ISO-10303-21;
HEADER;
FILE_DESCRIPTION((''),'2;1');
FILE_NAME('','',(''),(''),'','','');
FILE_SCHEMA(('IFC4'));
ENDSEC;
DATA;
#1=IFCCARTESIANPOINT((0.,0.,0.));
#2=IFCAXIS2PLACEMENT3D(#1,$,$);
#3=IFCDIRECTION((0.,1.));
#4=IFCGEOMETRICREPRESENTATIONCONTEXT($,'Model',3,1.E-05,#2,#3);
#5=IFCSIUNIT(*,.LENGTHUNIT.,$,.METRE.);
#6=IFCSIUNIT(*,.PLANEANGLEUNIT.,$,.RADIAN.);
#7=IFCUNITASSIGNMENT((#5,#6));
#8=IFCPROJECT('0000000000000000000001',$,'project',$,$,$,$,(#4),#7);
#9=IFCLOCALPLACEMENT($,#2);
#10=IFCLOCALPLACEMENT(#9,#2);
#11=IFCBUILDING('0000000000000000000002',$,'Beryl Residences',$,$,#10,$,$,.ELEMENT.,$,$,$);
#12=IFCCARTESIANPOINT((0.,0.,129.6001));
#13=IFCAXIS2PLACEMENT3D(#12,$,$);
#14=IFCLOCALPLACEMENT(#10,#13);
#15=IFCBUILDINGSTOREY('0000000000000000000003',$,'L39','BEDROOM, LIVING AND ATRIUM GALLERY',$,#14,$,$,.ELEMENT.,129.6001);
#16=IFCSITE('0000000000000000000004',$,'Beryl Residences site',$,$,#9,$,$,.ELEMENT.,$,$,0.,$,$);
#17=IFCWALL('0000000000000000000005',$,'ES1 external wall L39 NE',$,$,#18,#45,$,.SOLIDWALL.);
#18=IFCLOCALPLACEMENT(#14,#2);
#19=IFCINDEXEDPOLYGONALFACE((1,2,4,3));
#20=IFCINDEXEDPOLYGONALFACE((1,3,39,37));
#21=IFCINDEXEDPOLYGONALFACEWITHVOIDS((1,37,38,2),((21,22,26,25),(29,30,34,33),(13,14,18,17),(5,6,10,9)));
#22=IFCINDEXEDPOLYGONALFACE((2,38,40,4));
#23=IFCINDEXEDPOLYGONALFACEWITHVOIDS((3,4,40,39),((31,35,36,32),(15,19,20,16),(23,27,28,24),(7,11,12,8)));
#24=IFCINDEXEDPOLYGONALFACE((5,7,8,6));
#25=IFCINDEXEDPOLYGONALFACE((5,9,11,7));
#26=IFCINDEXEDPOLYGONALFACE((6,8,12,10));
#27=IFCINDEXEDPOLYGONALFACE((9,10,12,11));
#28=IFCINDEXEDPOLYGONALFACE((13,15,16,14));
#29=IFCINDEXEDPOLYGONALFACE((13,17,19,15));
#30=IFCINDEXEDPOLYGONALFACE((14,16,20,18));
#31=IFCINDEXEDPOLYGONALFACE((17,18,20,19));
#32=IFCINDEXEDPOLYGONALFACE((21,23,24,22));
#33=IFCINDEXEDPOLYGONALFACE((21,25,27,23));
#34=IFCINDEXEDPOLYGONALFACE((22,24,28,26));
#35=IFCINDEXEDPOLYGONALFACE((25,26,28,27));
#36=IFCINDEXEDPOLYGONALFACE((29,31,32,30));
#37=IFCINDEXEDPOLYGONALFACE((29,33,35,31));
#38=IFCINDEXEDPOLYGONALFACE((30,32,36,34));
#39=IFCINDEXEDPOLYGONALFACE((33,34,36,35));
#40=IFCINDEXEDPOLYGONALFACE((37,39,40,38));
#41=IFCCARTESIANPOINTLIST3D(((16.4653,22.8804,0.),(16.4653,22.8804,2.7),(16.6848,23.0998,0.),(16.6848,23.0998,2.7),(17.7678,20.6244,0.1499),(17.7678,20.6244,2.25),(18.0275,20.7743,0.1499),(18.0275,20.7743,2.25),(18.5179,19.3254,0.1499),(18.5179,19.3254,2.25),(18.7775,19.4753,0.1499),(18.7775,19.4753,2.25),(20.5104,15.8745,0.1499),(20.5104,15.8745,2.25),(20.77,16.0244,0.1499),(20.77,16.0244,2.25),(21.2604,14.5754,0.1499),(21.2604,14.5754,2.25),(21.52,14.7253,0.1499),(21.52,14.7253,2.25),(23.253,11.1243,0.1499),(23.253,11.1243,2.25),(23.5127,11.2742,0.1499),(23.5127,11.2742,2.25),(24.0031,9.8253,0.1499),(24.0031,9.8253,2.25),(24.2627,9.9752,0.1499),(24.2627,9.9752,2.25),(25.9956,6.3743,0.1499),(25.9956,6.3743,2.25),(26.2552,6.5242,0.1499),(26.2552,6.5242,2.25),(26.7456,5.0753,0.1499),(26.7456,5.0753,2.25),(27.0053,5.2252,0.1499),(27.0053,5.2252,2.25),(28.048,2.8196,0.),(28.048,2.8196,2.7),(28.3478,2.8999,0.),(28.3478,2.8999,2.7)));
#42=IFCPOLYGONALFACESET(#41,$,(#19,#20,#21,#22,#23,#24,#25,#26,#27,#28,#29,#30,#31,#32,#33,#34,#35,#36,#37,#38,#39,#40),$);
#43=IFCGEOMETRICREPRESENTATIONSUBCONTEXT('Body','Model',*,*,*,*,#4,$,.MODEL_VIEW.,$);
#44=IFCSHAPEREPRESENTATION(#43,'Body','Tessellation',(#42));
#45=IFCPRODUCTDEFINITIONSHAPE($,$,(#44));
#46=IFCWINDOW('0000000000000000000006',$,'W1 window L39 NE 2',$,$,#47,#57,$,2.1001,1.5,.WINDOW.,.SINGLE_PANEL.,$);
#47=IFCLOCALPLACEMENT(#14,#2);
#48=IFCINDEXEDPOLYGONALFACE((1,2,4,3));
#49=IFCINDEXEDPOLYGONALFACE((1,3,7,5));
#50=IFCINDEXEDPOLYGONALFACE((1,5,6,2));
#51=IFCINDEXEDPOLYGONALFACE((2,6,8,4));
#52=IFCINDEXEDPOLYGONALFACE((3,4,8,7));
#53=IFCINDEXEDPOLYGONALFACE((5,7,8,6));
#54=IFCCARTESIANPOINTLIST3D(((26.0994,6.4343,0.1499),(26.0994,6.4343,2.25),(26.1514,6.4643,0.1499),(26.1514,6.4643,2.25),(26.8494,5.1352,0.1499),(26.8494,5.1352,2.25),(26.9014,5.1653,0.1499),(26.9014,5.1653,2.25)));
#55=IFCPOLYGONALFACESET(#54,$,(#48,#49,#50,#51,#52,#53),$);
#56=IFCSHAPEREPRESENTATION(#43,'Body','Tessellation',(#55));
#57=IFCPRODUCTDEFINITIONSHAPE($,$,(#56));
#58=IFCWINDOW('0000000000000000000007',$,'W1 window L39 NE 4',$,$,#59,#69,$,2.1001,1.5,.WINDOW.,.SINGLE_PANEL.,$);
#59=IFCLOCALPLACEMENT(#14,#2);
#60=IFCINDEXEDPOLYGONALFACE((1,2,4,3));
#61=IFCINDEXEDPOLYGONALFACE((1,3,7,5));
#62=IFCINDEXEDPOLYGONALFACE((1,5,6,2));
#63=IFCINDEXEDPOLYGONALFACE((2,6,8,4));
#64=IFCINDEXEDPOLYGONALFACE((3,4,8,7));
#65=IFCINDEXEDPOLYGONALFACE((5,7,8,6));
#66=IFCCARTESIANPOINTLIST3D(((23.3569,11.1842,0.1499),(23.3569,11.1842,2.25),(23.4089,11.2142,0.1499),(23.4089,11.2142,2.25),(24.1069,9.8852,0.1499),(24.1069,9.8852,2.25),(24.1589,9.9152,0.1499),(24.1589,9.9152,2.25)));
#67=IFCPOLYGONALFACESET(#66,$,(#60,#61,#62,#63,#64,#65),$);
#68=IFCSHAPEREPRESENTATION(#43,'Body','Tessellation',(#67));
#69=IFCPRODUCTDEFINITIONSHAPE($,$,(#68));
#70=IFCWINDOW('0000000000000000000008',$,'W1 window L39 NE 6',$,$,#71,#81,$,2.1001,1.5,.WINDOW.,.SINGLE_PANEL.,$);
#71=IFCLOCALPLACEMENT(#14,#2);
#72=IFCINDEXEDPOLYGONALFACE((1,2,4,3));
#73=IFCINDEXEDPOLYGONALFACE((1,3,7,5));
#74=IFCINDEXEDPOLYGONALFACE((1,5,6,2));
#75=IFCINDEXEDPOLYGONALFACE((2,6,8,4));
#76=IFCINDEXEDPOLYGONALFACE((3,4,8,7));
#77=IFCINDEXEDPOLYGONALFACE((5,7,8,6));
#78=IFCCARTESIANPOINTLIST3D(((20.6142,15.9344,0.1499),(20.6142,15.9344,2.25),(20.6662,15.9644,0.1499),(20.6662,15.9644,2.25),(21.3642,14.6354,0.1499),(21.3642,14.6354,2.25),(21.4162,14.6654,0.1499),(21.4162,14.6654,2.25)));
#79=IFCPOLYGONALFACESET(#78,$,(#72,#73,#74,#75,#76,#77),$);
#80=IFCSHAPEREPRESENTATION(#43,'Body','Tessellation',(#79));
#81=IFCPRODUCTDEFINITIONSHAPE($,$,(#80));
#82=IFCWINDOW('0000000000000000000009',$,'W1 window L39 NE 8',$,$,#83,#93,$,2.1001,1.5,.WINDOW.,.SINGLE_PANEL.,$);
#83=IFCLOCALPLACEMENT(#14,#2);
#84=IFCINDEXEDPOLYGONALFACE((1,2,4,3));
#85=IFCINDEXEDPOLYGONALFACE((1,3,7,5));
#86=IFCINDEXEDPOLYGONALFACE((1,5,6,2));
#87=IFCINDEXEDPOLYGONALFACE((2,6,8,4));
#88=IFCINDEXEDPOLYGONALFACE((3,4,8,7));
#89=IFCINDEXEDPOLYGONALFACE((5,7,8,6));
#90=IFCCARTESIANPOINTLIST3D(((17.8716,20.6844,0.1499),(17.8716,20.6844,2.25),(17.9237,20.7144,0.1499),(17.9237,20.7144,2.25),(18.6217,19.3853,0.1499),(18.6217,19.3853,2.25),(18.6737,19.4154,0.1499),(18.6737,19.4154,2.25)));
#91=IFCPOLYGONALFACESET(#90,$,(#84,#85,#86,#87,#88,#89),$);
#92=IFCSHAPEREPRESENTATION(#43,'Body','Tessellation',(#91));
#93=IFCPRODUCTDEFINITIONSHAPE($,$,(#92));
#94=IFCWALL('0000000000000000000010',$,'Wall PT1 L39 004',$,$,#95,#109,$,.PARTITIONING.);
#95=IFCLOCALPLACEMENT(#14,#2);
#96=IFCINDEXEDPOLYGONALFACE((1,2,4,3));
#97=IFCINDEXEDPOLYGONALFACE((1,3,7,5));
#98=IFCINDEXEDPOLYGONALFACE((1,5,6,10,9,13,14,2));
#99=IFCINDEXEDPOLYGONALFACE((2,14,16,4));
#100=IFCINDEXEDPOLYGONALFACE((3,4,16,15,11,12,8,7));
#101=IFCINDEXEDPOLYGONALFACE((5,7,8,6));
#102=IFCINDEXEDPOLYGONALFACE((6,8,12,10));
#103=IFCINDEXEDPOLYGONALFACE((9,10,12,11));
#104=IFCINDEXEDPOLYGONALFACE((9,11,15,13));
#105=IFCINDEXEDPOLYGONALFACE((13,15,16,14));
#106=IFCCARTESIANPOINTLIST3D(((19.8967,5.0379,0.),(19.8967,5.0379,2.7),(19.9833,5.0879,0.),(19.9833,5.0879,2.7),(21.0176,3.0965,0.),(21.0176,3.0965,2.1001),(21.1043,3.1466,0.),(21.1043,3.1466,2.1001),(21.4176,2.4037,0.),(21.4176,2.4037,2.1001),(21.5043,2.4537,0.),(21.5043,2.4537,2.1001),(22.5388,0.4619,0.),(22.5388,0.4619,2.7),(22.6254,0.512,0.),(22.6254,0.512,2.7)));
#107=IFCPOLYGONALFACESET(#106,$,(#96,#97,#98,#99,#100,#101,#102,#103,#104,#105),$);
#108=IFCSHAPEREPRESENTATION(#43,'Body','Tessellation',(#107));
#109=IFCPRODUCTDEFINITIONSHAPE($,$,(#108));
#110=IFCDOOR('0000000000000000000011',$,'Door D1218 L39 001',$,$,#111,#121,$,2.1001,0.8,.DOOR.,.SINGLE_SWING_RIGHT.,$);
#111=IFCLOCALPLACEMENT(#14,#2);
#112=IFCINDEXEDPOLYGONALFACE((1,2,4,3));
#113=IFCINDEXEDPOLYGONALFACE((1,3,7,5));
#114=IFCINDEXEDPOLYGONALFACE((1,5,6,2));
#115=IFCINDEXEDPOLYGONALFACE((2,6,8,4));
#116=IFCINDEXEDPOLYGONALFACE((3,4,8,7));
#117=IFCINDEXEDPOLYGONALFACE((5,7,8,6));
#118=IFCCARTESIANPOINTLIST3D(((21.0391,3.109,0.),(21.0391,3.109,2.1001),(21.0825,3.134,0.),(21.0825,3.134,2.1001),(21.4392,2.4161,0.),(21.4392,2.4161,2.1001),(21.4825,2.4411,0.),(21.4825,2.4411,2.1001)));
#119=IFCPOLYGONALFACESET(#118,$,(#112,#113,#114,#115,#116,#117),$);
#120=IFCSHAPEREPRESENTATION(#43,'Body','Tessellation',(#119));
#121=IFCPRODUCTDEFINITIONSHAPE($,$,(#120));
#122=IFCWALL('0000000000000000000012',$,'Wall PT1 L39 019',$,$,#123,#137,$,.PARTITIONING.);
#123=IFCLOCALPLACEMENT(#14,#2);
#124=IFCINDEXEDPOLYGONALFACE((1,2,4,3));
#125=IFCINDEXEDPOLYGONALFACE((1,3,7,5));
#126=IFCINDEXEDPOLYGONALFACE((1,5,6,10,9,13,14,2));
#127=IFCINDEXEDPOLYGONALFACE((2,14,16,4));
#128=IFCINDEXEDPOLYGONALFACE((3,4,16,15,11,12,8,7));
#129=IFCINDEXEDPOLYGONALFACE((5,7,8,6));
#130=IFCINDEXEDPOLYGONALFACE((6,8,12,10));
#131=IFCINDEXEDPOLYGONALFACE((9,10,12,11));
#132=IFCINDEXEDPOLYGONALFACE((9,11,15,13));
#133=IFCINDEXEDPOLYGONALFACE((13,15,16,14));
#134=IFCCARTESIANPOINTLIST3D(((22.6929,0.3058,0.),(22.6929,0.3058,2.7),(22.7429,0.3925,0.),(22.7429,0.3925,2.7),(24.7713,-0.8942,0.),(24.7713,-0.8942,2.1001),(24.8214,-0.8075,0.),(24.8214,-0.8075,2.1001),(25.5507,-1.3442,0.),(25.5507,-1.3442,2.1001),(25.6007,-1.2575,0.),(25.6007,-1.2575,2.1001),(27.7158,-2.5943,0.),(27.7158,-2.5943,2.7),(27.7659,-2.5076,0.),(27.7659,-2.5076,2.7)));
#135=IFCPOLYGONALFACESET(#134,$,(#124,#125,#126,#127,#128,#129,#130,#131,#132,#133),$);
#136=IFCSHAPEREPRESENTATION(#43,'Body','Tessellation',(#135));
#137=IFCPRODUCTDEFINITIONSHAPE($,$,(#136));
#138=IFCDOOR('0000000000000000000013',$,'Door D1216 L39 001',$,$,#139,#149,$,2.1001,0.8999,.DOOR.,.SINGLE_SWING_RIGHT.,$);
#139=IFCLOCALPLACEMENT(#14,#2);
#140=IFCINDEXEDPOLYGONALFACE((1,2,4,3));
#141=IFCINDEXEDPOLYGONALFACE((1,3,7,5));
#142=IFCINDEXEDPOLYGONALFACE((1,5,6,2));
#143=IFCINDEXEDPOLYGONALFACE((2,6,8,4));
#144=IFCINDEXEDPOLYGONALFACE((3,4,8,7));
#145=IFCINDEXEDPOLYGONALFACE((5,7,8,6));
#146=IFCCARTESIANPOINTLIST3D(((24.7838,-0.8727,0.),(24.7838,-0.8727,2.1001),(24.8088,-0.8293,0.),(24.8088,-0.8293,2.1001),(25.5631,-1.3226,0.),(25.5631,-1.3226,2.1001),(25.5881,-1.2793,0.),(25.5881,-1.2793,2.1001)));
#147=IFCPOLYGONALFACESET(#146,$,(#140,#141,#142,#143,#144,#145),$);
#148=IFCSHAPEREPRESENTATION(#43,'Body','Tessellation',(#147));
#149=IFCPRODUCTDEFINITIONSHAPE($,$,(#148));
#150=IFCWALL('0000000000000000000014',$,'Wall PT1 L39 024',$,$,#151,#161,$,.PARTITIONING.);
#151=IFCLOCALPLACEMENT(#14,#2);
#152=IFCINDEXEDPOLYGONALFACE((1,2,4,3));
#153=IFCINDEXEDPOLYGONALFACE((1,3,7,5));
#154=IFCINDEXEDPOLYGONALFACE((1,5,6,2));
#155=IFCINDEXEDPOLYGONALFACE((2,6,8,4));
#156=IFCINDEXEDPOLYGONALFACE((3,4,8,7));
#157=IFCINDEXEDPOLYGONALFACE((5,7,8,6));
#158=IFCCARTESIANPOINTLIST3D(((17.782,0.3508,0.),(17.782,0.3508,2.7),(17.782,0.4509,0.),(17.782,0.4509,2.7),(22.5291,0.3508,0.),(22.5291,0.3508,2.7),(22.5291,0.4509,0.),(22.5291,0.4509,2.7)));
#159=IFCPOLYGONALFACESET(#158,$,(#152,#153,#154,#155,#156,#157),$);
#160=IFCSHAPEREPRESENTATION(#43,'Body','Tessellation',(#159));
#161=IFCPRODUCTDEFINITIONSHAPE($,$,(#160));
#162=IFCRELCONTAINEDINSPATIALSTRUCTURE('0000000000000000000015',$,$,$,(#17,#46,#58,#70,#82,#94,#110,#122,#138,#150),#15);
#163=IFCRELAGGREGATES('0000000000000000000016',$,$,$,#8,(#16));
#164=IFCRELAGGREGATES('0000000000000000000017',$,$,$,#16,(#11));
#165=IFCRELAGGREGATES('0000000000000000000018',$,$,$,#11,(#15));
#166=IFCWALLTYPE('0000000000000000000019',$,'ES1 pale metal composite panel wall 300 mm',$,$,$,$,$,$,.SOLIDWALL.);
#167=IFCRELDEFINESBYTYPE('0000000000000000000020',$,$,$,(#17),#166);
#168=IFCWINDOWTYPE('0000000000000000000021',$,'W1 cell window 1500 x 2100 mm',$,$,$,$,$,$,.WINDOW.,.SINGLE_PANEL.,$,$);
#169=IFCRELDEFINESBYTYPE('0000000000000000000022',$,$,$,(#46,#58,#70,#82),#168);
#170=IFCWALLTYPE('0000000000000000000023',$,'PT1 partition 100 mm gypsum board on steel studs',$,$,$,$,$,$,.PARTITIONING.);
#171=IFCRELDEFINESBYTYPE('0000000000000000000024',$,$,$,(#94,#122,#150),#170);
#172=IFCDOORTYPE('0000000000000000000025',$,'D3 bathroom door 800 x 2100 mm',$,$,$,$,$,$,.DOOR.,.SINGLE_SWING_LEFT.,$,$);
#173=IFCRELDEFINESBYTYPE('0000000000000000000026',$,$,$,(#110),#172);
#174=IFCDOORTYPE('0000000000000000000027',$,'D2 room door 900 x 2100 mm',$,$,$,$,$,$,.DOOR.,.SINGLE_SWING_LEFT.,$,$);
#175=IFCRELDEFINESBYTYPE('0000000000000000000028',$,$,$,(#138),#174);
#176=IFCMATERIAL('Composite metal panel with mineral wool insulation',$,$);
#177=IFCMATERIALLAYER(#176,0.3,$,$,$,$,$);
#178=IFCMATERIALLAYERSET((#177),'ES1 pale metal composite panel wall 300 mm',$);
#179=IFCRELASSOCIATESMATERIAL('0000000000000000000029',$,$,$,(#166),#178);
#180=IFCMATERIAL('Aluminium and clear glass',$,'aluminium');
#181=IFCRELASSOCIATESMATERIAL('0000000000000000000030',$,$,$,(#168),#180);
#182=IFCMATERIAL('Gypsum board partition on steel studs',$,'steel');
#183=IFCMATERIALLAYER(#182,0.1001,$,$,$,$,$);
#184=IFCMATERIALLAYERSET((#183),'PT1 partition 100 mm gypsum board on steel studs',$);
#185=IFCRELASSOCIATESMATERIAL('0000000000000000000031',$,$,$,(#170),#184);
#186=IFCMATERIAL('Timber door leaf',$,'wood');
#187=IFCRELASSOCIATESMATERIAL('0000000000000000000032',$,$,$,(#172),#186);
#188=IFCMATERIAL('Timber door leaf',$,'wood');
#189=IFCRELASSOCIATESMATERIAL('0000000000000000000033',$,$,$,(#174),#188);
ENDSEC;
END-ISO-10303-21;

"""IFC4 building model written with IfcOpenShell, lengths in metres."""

from ifc_helpers import new_model, si_unit, direction, frame, frame_2d, origin, place, context, subcontext, project, spatial, polyline, rectangle, outline, extrude, material, layer, layer_set, type_object, element, fill, save


model = new_model("IFC4")

# Units and contexts
model_context = context("Model", 3, precision=1e-05, world=origin(), true_north=direction((0.0, 1.0)))
body_context = subcontext(model_context, "Body", "Model", "MODEL_VIEW")
ifc_project = project(units=[si_unit("LENGTHUNIT", "METRE"), si_unit("PLANEANGLEUNIT", "RADIAN")], contexts=[model_context])

# Site, building, storey
site_placement = place(None, origin())
site = spatial("IfcSite", under=ifc_project, at=site_placement, Name="Beryl Residences site", CompositionType="ELEMENT", RefElevation=0.0)
building_placement = place(site_placement, origin())
building = spatial("IfcBuilding", under=site, at=building_placement, Name="Beryl Residences", CompositionType="ELEMENT")
storey_placement = place(building_placement, frame((0.0, 0.0, 129.6001)))
storey = spatial("IfcBuildingStorey", under=building, at=storey_placement, Name="L39", Description="BEDROOM, LIVING AND ATRIUM GALLERY", CompositionType="ELEMENT", Elevation=129.6001)

# Wall, openings, windows
ifc_material_1 = material(Name="Composite metal panel with mineral wool insulation")
ifc_layer_1 = layer(ifc_material_1, 0.3)
ifc_layer_set_1 = layer_set([ifc_layer_1], Name="ES1 pale metal composite panel wall 300 mm")
wall_type_1 = type_object("IfcWallType", Name="ES1 pale metal composite panel wall 300 mm", PredefinedType="SOLIDWALL", material=ifc_layer_set_1)
wall_1_placement = place(storey_placement, frame((28.218, 2.825, 0.0), z_axis=(0.0, 0.0, 1.0), x_axis=(-0.500021, 0.866014, 0.0)))
wall_1 = element("IfcWall", 1, at=wall_1_placement, inside=storey, type_object=wall_type_1, Name="ES1 external wall L39 NE", PredefinedType="SOLIDWALL", context=body_context, shape_type="SweptSolid", body=[
    extrude(outline(polyline([(0.0, -0.1499), (23.3252, -0.1499), (23.2449, 0.1499), (0.0803, 0.1499), (0.0, -0.1499)])), origin(), (0.0, 0.0, 1.0), 2.7),
])
opening_1_placement = place(wall_1_placement, frame((2.6851, 0.0, 0.1499)))
opening_1 = element("IfcOpeningElement", 2, at=opening_1_placement, cuts=wall_1, PredefinedType="OPENING", context=body_context, shape_type="SweptSolid", body=[
    extrude(rectangle(XDim=1.5, YDim=2.1001, at=frame_2d((0.75, 1.05))), frame((0.0, 0.1599, 0.0), z_axis=(0.0, -1.0, 0.0), x_axis=(1.0, 0.0, 0.0)), (0.0, 0.0, 1.0), 0.3201),
])
opening_2_placement = place(wall_1_placement, frame((8.1699, 0.0, 0.1499)))
opening_2 = element("IfcOpeningElement", 3, at=opening_2_placement, cuts=wall_1, PredefinedType="OPENING", context=body_context, shape_type="SweptSolid", body=[
    extrude(rectangle(XDim=1.5, YDim=2.1001, at=frame_2d((0.75, 1.05))), frame((0.0, 0.1599, 0.0), z_axis=(0.0, -1.0, 0.0), x_axis=(1.0, 0.0, 0.0)), (0.0, 0.0, 1.0), 0.3201),
])
opening_3_placement = place(wall_1_placement, frame((13.655, 0.0, 0.1499)))
opening_3 = element("IfcOpeningElement", 4, at=opening_3_placement, cuts=wall_1, PredefinedType="OPENING", context=body_context, shape_type="SweptSolid", body=[
    extrude(rectangle(XDim=1.5, YDim=2.1001, at=frame_2d((0.75, 1.05))), frame((0.0, 0.1599, 0.0), z_axis=(0.0, -1.0, 0.0), x_axis=(1.0, 0.0, 0.0)), (0.0, 0.0, 1.0), 0.3201),
])
opening_4_placement = place(wall_1_placement, frame((19.1399, 0.0, 0.1499)))
opening_4 = element("IfcOpeningElement", 5, at=opening_4_placement, cuts=wall_1, PredefinedType="OPENING", context=body_context, shape_type="SweptSolid", body=[
    extrude(rectangle(XDim=1.5, YDim=2.1001, at=frame_2d((0.75, 1.05))), frame((0.0, 0.1599, 0.0), z_axis=(0.0, -1.0, 0.0), x_axis=(1.0, 0.0, 0.0)), (0.0, 0.0, 1.0), 0.3201),
])
ifc_material_2 = material(Name="Aluminium and clear glass", Category="aluminium")
window_type = type_object("IfcWindowType", Name="W1 cell window 1500 x 2100 mm", PartitioningType="SINGLE_PANEL", PredefinedType="WINDOW", material=ifc_material_2)
window_1_placement = place(opening_1_placement, origin())
window_1 = element("IfcWindow", 6, at=window_1_placement, inside=storey, type_object=window_type, Name="W1 window L39 NE 2", OverallHeight=2.1001, OverallWidth=1.5, PartitioningType="SINGLE_PANEL", PredefinedType="WINDOW", context=body_context, shape_type="SweptSolid", body=[
    extrude(rectangle(XDim=1.5, YDim=2.1001, at=frame_2d((0.75, 1.05))), frame((0.0, 0.03, 0.0), z_axis=(0.0, -1.0, 0.0), x_axis=(1.0, 0.0, 0.0)), (0.0, 0.0, 1.0), 0.0601),
])
fill(opening_1, window_1)
window_2_placement = place(opening_2_placement, origin())
window_2 = element("IfcWindow", 7, at=window_2_placement, inside=storey, type_object=window_type, Name="W1 window L39 NE 4", OverallHeight=2.1001, OverallWidth=1.5, PartitioningType="SINGLE_PANEL", PredefinedType="WINDOW", context=body_context, shape_type="SweptSolid", body=[
    extrude(rectangle(XDim=1.5, YDim=2.1001, at=frame_2d((0.75, 1.05))), frame((0.0, 0.03, 0.0), z_axis=(0.0, -1.0, 0.0), x_axis=(1.0, 0.0, 0.0)), (0.0, 0.0, 1.0), 0.0601),
])
fill(opening_2, window_2)
window_3_placement = place(opening_3_placement, origin())
window_3 = element("IfcWindow", 8, at=window_3_placement, inside=storey, type_object=window_type, Name="W1 window L39 NE 6", OverallHeight=2.1001, OverallWidth=1.5, PartitioningType="SINGLE_PANEL", PredefinedType="WINDOW", context=body_context, shape_type="SweptSolid", body=[
    extrude(rectangle(XDim=1.5, YDim=2.1001, at=frame_2d((0.75, 1.05))), frame((0.0, 0.03, 0.0), z_axis=(0.0, -1.0, 0.0), x_axis=(1.0, 0.0, 0.0)), (0.0, 0.0, 1.0), 0.0601),
])
fill(opening_3, window_3)
window_4_placement = place(opening_4_placement, origin())
window_4 = element("IfcWindow", 9, at=window_4_placement, inside=storey, type_object=window_type, Name="W1 window L39 NE 8", OverallHeight=2.1001, OverallWidth=1.5, PartitioningType="SINGLE_PANEL", PredefinedType="WINDOW", context=body_context, shape_type="SweptSolid", body=[
    extrude(rectangle(XDim=1.5, YDim=2.1001, at=frame_2d((0.75, 1.05))), frame((0.0, 0.03, 0.0), z_axis=(0.0, -1.0, 0.0), x_axis=(1.0, 0.0, 0.0)), (0.0, 0.0, 1.0), 0.0601),
])
fill(opening_4, window_4)

# Walls, openings, doors
ifc_material_3 = material(Name="Gypsum board partition on steel studs", Category="steel")
ifc_layer_2 = layer(ifc_material_3, 0.1001)
ifc_layer_set_2 = layer_set([ifc_layer_2], Name="PT1 partition 100 mm gypsum board on steel studs")
wall_type_2 = type_object("IfcWallType", Name="PT1 partition 100 mm gypsum board on steel studs", PredefinedType="PARTITIONING", material=ifc_layer_set_2)
wall_2_placement = place(storey_placement, frame((19.9399, 5.063, 0.0), z_axis=(0.0, 0.0, 1.0), x_axis=(0.500025, -0.866011, 0.0)))
wall_2 = element("IfcWall", 10, at=wall_2_placement, inside=storey, type_object=wall_type_2, Name="Wall PT1 L39 004", PredefinedType="PARTITIONING", context=body_context, shape_type="SweptSolid", body=[
    extrude(rectangle(XDim=5.2839, YDim=0.1001, at=frame_2d((2.6421, 0.0))), origin(), (0.0, 0.0, 1.0), 2.7),
])
opening_5_placement = place(wall_2_placement, frame((2.2419, 0.0, 0.0)))
opening_5 = element("IfcOpeningElement", 11, at=opening_5_placement, cuts=wall_2, PredefinedType="OPENING", context=body_context, shape_type="SweptSolid", body=[
    extrude(rectangle(XDim=0.8, YDim=2.1001, at=frame_2d((0.3999, 1.05))), frame((0.0, 0.0601, 0.0), z_axis=(0.0, -1.0, 0.0), x_axis=(1.0, 0.0, 0.0)), (0.0, 0.0, 1.0), 0.1201),
])
ifc_material_4 = material(Name="Timber door leaf", Category="wood")
door_type_1 = type_object("IfcDoorType", Name="D3 bathroom door 800 x 2100 mm", OperationType="SINGLE_SWING_LEFT", PredefinedType="DOOR", material=ifc_material_4)
door_1_placement = place(opening_5_placement, origin())
door_1 = element("IfcDoor", 12, at=door_1_placement, inside=storey, type_object=door_type_1, Name="Door D1218 L39 001", OperationType="SINGLE_SWING_RIGHT", OverallHeight=2.1001, OverallWidth=0.8, PredefinedType="DOOR", context=body_context, shape_type="SweptSolid", body=[
    extrude(rectangle(XDim=0.8, YDim=2.1001, at=frame_2d((0.3999, 1.05))), frame((0.0, 0.0249, 0.0), z_axis=(0.0, -1.0, 0.0), x_axis=(1.0, 0.0, 0.0)), (0.0, 0.0, 1.0), 0.05),
])
fill(opening_5, door_1)
wall_3_placement = place(storey_placement, frame((22.718, 0.3491, 0.0), z_axis=(0.0, 0.0, 1.0), x_axis=(0.866015, -0.500019, 0.0)))
wall_3 = element("IfcWall", 13, at=wall_3_placement, inside=storey, type_object=wall_type_2, Name="Wall PT1 L39 019", PredefinedType="PARTITIONING", context=body_context, shape_type="SweptSolid", body=[
    extrude(rectangle(XDim=5.8, YDim=0.1001, at=frame_2d((2.8999, 0.0))), origin(), (0.0, 0.0, 1.0), 2.7),
])
opening_6_placement = place(wall_3_placement, frame((2.3999, 0.0, 0.0)))
opening_6 = element("IfcOpeningElement", 14, at=opening_6_placement, cuts=wall_3, PredefinedType="OPENING", context=body_context, shape_type="SweptSolid", body=[
    extrude(rectangle(XDim=0.8999, YDim=2.1001, at=frame_2d((0.45, 1.05))), frame((0.0, 0.0601, 0.0), z_axis=(0.0, -1.0, 0.0), x_axis=(1.0, 0.0, 0.0)), (0.0, 0.0, 1.0), 0.1201),
])
ifc_material_5 = material(Name="Timber door leaf", Category="wood")
door_type_2 = type_object("IfcDoorType", Name="D2 room door 900 x 2100 mm", OperationType="SINGLE_SWING_LEFT", PredefinedType="DOOR", material=ifc_material_5)
door_2_placement = place(opening_6_placement, origin())
door_2 = element("IfcDoor", 15, at=door_2_placement, inside=storey, type_object=door_type_2, Name="Door D1216 L39 001", OperationType="SINGLE_SWING_RIGHT", OverallHeight=2.1001, OverallWidth=0.8999, PredefinedType="DOOR", context=body_context, shape_type="SweptSolid", body=[
    extrude(rectangle(XDim=0.8999, YDim=2.1001, at=frame_2d((0.45, 1.05))), frame((0.0, 0.0249, 0.0), z_axis=(0.0, -1.0, 0.0), x_axis=(1.0, 0.0, 0.0)), (0.0, 0.0, 1.0), 0.05),
])
fill(opening_6, door_2)

# Wall
wall_4_placement = place(storey_placement, frame((17.782, 0.4009, 0.0), z_axis=(0.0, 0.0, 1.0), x_axis=(1.0, 0.0, 0.0)))
element("IfcWall", 16, at=wall_4_placement, inside=storey, type_object=wall_type_2, Name="Wall PT1 L39 024", PredefinedType="PARTITIONING", context=body_context, shape_type="SweptSolid", body=[
    extrude(rectangle(XDim=4.7471, YDim=0.1001, at=frame_2d((2.3735, 0.0))), origin(), (0.0, 0.0, 1.0), 2.7),
])

save(model, "model.ifc")
